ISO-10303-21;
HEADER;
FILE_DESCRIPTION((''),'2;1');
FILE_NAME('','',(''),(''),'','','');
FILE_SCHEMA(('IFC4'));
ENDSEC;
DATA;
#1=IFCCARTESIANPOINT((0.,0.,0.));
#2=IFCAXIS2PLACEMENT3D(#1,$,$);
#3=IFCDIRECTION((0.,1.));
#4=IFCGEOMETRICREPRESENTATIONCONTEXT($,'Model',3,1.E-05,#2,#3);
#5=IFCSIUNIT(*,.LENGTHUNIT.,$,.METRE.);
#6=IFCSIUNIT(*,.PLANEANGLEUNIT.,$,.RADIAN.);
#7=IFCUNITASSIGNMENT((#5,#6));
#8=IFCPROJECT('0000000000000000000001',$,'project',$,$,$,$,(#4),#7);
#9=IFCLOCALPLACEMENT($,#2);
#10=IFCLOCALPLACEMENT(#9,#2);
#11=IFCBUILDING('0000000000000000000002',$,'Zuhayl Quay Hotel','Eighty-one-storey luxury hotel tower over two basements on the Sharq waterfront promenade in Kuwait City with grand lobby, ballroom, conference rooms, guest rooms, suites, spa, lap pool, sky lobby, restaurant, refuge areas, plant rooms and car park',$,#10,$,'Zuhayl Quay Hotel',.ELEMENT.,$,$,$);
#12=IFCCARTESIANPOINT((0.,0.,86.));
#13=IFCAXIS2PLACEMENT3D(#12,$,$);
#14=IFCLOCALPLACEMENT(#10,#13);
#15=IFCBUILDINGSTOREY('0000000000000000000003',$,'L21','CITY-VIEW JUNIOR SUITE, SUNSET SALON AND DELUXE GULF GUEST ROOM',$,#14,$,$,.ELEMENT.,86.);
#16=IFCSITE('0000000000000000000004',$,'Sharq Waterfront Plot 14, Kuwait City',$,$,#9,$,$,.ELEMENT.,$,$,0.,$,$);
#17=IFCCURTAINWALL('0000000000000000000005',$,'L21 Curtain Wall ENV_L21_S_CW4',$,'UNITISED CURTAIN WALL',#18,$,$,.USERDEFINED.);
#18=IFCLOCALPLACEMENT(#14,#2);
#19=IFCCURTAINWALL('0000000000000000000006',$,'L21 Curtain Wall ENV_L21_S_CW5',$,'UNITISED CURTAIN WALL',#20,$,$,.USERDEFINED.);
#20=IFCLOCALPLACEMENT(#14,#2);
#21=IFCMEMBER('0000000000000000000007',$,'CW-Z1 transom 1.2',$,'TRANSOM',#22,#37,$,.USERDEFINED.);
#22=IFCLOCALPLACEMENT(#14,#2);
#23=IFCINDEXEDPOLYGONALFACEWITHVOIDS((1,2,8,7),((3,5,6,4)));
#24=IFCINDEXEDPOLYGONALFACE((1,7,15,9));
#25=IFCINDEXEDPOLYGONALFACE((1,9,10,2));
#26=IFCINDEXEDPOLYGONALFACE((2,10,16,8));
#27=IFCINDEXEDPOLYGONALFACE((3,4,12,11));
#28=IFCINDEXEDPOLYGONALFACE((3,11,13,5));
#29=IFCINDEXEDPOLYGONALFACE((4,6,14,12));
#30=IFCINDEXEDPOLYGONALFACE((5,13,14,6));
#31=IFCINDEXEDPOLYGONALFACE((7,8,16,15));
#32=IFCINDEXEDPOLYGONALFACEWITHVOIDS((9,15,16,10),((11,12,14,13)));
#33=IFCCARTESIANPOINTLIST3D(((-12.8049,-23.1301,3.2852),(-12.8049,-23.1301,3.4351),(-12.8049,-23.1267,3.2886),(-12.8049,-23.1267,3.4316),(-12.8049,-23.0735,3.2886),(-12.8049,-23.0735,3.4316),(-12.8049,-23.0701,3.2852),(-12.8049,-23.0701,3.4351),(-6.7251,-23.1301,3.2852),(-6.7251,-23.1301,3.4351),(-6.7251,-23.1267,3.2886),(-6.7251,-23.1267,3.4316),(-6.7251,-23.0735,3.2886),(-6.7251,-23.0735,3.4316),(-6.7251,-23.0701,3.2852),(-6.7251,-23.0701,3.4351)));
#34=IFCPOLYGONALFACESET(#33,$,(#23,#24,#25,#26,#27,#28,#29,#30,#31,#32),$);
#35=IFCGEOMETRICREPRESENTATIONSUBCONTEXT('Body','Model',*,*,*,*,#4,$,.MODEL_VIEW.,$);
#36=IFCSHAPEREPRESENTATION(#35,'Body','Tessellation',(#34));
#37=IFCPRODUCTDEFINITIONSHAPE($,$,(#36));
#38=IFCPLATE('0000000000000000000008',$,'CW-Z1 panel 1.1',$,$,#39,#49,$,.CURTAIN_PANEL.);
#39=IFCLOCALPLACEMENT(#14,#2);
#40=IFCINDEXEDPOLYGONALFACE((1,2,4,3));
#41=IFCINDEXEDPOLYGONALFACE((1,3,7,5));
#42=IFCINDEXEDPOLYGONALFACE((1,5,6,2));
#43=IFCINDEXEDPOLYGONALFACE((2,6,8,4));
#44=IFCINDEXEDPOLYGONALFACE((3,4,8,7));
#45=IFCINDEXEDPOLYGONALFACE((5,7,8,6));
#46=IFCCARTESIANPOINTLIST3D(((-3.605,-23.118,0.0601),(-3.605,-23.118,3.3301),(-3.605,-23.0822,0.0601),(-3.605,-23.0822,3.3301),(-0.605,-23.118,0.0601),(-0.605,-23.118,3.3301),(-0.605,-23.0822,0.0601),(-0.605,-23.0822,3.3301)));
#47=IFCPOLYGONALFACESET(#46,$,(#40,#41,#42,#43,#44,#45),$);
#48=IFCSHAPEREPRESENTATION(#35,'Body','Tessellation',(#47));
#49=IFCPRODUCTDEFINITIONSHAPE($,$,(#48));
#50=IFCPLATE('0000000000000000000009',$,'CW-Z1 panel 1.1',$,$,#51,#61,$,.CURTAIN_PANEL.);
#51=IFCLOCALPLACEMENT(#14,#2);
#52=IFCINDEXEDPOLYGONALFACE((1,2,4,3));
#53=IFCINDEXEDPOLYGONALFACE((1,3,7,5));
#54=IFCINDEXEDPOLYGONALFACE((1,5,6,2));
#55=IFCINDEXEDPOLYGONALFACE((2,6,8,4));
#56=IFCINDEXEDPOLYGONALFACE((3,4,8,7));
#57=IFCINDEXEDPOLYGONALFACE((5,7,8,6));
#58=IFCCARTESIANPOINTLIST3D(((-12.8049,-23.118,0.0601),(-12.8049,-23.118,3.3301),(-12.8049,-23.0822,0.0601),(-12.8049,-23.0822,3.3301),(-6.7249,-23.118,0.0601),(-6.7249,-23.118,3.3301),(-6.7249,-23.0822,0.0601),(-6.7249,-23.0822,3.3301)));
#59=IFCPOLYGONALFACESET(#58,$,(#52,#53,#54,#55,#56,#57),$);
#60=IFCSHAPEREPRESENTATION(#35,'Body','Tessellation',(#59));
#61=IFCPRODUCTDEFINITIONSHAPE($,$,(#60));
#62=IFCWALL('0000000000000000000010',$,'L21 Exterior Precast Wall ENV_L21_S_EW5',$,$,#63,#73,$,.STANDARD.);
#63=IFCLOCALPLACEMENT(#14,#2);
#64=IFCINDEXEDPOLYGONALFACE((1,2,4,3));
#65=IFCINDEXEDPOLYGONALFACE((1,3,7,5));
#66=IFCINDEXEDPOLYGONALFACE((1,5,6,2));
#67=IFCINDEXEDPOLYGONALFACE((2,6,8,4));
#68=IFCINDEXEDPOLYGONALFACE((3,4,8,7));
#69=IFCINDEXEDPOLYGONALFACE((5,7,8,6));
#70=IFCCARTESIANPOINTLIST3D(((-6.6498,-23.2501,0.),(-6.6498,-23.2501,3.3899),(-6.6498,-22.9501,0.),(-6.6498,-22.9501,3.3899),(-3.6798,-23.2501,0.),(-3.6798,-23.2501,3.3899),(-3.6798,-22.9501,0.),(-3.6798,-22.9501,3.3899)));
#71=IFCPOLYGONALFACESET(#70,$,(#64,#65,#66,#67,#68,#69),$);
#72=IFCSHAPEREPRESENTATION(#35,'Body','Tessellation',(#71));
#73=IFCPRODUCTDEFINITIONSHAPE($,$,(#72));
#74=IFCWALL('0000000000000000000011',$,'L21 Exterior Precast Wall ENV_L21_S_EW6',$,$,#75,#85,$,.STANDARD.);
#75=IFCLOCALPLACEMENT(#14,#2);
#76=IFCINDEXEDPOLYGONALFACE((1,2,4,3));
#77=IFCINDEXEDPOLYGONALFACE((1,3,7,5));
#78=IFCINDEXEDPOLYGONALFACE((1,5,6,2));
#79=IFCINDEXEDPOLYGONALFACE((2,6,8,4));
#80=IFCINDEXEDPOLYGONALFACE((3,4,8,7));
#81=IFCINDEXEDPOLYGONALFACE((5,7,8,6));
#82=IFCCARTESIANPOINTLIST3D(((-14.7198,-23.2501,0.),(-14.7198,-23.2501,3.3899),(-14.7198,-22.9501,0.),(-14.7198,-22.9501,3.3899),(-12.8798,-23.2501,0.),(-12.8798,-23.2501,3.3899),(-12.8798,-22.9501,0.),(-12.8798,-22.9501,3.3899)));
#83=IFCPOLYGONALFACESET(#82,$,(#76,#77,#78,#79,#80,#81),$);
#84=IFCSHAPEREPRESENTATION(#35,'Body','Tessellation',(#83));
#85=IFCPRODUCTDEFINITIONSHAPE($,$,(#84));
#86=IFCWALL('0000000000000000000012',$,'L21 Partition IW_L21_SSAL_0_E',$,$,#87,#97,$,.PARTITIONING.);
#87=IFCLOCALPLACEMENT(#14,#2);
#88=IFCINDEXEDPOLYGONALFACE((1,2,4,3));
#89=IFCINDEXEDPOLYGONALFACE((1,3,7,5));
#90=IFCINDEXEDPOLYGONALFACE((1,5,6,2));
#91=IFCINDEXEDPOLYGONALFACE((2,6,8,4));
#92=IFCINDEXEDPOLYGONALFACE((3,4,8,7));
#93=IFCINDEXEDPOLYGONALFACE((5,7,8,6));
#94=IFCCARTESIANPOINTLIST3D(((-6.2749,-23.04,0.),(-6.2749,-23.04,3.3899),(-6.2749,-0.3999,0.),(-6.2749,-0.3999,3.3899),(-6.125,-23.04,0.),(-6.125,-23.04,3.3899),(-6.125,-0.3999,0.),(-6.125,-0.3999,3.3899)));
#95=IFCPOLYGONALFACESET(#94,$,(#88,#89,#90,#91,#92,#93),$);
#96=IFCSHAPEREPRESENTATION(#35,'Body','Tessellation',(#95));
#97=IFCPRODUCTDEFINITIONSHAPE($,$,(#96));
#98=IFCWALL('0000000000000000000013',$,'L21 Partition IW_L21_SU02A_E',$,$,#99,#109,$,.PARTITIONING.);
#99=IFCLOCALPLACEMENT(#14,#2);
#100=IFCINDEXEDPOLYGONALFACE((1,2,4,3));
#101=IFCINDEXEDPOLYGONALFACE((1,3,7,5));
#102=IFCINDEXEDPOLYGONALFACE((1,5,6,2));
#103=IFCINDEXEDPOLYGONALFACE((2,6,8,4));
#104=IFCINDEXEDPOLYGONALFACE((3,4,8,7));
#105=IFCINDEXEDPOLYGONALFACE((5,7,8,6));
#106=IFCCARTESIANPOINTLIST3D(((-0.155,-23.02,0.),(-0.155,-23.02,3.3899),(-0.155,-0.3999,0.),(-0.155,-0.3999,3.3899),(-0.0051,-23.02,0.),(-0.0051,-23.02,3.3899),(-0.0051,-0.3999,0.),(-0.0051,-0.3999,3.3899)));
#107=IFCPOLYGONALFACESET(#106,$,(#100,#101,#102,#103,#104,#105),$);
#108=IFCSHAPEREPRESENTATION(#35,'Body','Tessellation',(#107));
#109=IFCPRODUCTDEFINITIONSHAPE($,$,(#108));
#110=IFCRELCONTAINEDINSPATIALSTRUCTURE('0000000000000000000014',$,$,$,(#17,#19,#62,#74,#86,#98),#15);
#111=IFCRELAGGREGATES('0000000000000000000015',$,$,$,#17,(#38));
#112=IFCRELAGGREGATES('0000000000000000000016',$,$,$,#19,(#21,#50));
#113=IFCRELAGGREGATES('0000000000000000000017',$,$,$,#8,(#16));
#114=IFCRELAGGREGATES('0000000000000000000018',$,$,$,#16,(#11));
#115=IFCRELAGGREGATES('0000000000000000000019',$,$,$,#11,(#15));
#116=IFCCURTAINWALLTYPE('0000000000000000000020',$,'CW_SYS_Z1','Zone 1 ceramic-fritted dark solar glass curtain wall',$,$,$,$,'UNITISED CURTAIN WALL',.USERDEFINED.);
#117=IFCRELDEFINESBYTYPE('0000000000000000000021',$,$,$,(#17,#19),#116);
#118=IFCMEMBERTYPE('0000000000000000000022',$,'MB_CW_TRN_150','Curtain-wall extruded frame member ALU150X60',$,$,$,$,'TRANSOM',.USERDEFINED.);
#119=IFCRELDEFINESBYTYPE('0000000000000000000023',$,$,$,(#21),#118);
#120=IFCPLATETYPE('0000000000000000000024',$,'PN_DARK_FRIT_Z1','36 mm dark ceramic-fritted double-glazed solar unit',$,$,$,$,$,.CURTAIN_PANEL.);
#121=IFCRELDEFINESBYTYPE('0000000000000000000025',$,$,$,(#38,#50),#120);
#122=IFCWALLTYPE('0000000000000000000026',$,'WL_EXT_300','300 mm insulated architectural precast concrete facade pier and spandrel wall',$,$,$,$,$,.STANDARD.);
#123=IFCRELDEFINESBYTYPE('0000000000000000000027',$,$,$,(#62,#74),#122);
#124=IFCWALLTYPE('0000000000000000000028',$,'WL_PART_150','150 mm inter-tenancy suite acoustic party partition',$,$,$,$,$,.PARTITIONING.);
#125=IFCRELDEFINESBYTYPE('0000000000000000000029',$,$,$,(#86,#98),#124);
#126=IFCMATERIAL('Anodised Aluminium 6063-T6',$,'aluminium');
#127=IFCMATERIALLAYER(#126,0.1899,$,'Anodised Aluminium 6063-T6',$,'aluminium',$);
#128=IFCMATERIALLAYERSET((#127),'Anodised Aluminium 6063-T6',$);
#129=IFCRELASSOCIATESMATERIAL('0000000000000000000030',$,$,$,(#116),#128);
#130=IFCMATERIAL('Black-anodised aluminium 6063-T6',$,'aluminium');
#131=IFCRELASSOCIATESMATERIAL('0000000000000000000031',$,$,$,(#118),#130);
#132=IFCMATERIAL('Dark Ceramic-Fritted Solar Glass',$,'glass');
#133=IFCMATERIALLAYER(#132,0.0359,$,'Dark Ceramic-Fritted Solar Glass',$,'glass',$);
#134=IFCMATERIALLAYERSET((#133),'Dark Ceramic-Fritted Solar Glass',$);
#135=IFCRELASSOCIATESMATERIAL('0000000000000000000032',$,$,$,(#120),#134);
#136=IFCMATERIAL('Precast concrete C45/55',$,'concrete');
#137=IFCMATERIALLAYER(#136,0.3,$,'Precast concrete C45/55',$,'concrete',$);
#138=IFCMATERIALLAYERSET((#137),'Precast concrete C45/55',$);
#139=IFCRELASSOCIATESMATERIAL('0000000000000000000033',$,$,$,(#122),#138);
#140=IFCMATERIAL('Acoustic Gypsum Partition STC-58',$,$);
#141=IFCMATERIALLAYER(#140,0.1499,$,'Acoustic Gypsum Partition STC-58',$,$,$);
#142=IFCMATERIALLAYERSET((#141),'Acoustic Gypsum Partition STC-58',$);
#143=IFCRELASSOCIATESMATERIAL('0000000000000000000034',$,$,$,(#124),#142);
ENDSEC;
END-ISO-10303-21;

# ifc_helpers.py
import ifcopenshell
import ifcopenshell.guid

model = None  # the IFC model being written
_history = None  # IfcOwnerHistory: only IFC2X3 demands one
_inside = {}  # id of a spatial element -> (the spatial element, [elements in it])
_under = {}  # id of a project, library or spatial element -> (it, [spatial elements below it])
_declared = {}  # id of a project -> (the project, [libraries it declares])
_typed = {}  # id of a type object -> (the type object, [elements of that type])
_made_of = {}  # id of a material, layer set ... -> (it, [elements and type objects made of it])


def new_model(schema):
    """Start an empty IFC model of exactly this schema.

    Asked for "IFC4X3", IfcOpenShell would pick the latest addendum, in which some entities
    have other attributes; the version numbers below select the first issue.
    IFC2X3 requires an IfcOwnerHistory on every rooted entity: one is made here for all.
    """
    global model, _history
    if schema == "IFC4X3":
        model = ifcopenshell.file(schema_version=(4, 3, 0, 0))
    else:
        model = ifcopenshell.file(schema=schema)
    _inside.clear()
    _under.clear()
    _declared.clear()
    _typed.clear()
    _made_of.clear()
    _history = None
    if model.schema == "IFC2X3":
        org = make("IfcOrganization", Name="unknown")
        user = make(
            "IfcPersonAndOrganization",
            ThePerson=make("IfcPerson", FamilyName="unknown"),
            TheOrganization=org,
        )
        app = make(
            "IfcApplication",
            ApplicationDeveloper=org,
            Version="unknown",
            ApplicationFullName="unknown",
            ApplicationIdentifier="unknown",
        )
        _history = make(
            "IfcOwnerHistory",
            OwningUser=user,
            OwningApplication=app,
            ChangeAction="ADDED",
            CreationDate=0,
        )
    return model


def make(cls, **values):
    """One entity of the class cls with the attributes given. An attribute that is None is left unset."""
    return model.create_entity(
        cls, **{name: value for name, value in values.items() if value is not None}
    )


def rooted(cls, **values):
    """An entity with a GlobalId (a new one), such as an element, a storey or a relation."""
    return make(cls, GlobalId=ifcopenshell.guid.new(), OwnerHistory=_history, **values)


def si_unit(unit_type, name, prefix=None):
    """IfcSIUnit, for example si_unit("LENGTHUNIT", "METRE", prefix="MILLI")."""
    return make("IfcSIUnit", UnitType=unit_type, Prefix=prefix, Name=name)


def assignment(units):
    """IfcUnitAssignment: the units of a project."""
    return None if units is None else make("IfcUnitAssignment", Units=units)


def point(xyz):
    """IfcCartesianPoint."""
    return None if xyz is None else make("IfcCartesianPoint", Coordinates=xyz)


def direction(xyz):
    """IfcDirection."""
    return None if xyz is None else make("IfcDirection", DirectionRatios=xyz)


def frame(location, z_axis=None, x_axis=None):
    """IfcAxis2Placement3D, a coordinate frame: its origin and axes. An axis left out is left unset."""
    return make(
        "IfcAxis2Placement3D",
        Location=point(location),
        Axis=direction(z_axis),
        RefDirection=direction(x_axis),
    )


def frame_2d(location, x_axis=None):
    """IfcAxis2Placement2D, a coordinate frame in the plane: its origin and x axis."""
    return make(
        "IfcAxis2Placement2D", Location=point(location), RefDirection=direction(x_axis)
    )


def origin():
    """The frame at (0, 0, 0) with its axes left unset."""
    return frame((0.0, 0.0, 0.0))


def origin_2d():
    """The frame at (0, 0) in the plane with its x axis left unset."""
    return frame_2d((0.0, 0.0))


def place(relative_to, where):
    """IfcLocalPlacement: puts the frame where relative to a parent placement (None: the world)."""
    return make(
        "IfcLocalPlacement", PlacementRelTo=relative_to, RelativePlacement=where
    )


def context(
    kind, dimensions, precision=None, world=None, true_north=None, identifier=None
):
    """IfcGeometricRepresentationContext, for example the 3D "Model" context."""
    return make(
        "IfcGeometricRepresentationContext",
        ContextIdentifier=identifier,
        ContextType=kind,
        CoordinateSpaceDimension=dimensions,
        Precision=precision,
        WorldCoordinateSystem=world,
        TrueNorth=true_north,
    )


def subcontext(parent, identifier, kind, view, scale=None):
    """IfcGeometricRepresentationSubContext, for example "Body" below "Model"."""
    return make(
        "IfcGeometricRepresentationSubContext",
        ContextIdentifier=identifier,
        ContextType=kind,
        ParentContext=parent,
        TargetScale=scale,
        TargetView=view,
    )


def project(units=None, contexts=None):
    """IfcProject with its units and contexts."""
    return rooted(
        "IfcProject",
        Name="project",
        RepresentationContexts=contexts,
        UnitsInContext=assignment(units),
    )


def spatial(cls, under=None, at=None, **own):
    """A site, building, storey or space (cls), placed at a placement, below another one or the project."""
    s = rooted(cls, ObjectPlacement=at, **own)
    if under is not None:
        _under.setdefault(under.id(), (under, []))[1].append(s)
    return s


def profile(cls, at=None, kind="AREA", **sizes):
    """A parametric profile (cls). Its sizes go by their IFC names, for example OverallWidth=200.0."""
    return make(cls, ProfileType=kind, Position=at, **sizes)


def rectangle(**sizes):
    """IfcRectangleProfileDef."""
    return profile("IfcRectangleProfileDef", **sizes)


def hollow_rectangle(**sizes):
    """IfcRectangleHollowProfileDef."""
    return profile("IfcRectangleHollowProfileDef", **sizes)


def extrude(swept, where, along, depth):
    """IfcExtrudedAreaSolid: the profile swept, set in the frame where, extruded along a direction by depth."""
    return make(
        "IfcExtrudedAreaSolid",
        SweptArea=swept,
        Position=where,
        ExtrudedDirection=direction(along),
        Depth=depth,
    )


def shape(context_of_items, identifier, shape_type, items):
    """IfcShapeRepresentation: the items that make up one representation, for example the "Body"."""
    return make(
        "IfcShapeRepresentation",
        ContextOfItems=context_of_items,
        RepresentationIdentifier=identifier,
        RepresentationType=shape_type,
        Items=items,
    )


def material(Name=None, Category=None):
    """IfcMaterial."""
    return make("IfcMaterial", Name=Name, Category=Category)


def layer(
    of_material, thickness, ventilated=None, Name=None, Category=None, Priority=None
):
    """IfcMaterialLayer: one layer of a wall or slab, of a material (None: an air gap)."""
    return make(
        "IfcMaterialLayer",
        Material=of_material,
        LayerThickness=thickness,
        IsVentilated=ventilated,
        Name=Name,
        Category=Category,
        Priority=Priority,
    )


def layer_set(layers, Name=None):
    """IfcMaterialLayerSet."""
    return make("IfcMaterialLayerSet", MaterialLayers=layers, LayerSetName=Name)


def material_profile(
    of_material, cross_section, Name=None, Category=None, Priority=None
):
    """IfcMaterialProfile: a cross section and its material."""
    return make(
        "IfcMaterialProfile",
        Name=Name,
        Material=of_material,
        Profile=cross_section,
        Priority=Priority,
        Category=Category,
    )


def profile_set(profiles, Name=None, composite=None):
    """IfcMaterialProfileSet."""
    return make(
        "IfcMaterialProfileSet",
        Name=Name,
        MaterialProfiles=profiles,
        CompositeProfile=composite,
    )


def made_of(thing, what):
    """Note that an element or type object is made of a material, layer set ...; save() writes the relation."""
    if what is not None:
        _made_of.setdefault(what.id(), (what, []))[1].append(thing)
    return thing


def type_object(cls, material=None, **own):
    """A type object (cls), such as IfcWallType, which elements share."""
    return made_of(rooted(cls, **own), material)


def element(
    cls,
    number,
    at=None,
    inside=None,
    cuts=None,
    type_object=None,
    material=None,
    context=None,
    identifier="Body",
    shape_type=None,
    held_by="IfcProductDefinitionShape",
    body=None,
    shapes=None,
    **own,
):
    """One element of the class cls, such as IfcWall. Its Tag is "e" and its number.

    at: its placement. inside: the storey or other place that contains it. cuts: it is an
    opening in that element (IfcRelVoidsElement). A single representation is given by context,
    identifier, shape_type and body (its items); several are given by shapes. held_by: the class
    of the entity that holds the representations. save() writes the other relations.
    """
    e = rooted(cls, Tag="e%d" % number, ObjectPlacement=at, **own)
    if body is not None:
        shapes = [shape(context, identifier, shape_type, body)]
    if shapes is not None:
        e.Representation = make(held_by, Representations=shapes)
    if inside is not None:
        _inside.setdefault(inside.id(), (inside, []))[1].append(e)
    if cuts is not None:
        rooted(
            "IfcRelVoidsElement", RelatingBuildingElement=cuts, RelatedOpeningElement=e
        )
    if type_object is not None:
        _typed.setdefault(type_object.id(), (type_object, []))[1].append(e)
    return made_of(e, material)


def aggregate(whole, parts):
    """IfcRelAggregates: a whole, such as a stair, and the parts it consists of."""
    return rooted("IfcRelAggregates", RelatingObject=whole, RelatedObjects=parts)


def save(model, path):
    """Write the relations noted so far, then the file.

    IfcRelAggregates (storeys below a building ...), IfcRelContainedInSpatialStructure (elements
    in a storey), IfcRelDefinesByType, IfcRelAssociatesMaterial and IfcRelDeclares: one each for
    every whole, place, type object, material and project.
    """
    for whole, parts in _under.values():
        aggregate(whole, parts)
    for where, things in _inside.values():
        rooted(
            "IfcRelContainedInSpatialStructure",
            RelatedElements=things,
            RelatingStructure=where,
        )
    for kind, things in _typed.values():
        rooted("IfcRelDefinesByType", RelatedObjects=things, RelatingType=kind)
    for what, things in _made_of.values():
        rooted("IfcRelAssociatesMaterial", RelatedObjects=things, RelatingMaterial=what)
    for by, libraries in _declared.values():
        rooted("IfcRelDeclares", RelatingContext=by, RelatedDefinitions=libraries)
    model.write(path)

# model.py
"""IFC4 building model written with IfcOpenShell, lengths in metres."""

from ifc_helpers import new_model, si_unit, direction, frame, frame_2d, origin, origin_2d, place, context, subcontext, project, spatial, rectangle, hollow_rectangle, extrude, material, layer, layer_set, material_profile, profile_set, type_object, element, aggregate, save


model = new_model("IFC4")

# Units and contexts
model_context = context("Model", 3, precision=1e-05, world=origin(), true_north=direction((0.0, 1.0)))
body_context = subcontext(model_context, "Body", "Model", "MODEL_VIEW")
ifc_project = project(units=[si_unit("LENGTHUNIT", "METRE"), si_unit("PLANEANGLEUNIT", "RADIAN")], contexts=[model_context])

# Site, building, storey
site_placement = place(None, origin())
site = spatial("IfcSite", under=ifc_project, at=site_placement, Name="Sharq Waterfront Plot 14, Kuwait City", CompositionType="ELEMENT", RefElevation=0.0)
building_placement = place(site_placement, origin())
building = spatial("IfcBuilding", under=site, at=building_placement, Name="Zuhayl Quay Hotel", Description="Eighty-one-storey luxury hotel tower over two basements on the Sharq waterfront promenade in Kuwait City with grand lobby, ballroom, conference rooms, guest rooms, suites, spa, lap pool, sky lobby, restaurant, refuge areas, plant rooms and car park", LongName="Zuhayl Quay Hotel", CompositionType="ELEMENT")
storey_placement = place(building_placement, frame((0.0, 0.0, 86.0)))
storey = spatial("IfcBuildingStorey", under=building, at=storey_placement, Name="L21", Description="CITY-VIEW JUNIOR SUITE, SUNSET SALON AND DELUXE GULF GUEST ROOM", CompositionType="ELEMENT", Elevation=86.0)

# Curtain walls
ifc_material_1 = material(Name="Anodised Aluminium 6063-T6", Category="aluminium")
ifc_layer_1 = layer(ifc_material_1, 0.1899, Name="Anodised Aluminium 6063-T6", Category="aluminium")
ifc_layer_set_1 = layer_set([ifc_layer_1], Name="Anodised Aluminium 6063-T6")
curtain_wall_type = type_object("IfcCurtainWallType", Name="CW_SYS_Z1", Description="Zone 1 ceramic-fritted dark solar glass curtain wall", ElementType="UNITISED CURTAIN WALL", PredefinedType="USERDEFINED", material=ifc_layer_set_1)
curtain_wall_1_placement = place(storey_placement, origin())
curtain_wall_1 = element("IfcCurtainWall", 1, at=curtain_wall_1_placement, inside=storey, type_object=curtain_wall_type, Name="L21 Curtain Wall ENV_L21_S_CW4", ObjectType="UNITISED CURTAIN WALL", PredefinedType="USERDEFINED")
ifc_material_2 = material(Name="Black-anodised aluminium 6063-T6", Category="aluminium")
curtain_wall_2_placement = place(storey_placement, origin())
curtain_wall_2 = element("IfcCurtainWall", 2, at=curtain_wall_2_placement, inside=storey, type_object=curtain_wall_type, Name="L21 Curtain Wall ENV_L21_S_CW5", ObjectType="UNITISED CURTAIN WALL", PredefinedType="USERDEFINED")

# Member
ifc_material_profile_1 = material_profile(ifc_material_2, hollow_rectangle(XDim=0.0601, YDim=0.1499, WallThickness=0.0034, at=origin_2d()), Name="ALU150X60")
ifc_profile_set_1 = profile_set([ifc_material_profile_1], Name="Black-anodised aluminium 6063-T6")
member_type_1 = type_object("IfcMemberType", Name="MB_CW_TRN_150", Description="Curtain-wall extruded frame member ALU150X60", ElementType="TRANSOM", PredefinedType="USERDEFINED", material=ifc_profile_set_1)
member_1_placement = place(storey_placement, frame((-6.7251, -23.1001, 3.3601), z_axis=(-1.0, 0.0, 0.0), x_axis=(0.0, -1.0, 0.0)))
member_1 = element("IfcMember", 3, at=member_1_placement, type_object=member_type_1, Name="CW-Z1 transom 1.2", ObjectType="TRANSOM", PredefinedType="USERDEFINED", context=body_context, shape_type="SweptSolid", body=[
    extrude(hollow_rectangle(XDim=0.0601, YDim=0.1499, WallThickness=0.0034, at=origin_2d()), origin(), (0.0, 0.0, 1.0), 6.0798),
])

# Plates
ifc_material_3 = material(Name="Dark Ceramic-Fritted Solar Glass", Category="glass")
ifc_layer_2 = layer(ifc_material_3, 0.0359, Name="Dark Ceramic-Fritted Solar Glass", Category="glass")
ifc_layer_set_2 = layer_set([ifc_layer_2], Name="Dark Ceramic-Fritted Solar Glass")
plate_type = type_object("IfcPlateType", Name="PN_DARK_FRIT_Z1", Description="36 mm dark ceramic-fritted double-glazed solar unit", PredefinedType="CURTAIN_PANEL", material=ifc_layer_set_2)
plate_1_placement = place(storey_placement, frame((-2.105, -23.1001, 0.0601), z_axis=(0.0, 0.0, 1.0), x_axis=(-1.0, 0.0, 0.0)))
plate_1 = element("IfcPlate", 4, at=plate_1_placement, type_object=plate_type, Name="CW-Z1 panel 1.1", PredefinedType="CURTAIN_PANEL", context=body_context, shape_type="SweptSolid", body=[
    extrude(rectangle(XDim=3.0, YDim=0.0359, at=origin_2d()), origin(), (0.0, 0.0, 1.0), 3.27),
])
aggregate(curtain_wall_1, [plate_1])
plate_2_placement = place(storey_placement, frame((-9.7649, -23.1001, 0.0601), z_axis=(0.0, 0.0, 1.0), x_axis=(-1.0, 0.0, 0.0)))
plate_2 = element("IfcPlate", 5, at=plate_2_placement, type_object=plate_type, Name="CW-Z1 panel 1.1", PredefinedType="CURTAIN_PANEL", context=body_context, shape_type="SweptSolid", body=[
    extrude(rectangle(XDim=6.0801, YDim=0.0359, at=origin_2d()), origin(), (0.0, 0.0, 1.0), 3.27),
])
aggregate(curtain_wall_2, [member_1, plate_2])

# Walls
ifc_material_4 = material(Name="Precast concrete C45/55", Category="concrete")
ifc_layer_3 = layer(ifc_material_4, 0.3, Name="Precast concrete C45/55", Category="concrete")
ifc_layer_set_3 = layer_set([ifc_layer_3], Name="Precast concrete C45/55")
wall_type_1 = type_object("IfcWallType", Name="WL_EXT_300", Description="300 mm insulated architectural precast concrete facade pier and spandrel wall", PredefinedType="STANDARD", material=ifc_layer_set_3)
wall_1_placement = place(storey_placement, frame((-3.6799, -23.1001, 0.0), z_axis=(0.0, 0.0, 1.0), x_axis=(-1.0, 0.0, 0.0)))
element("IfcWall", 6, at=wall_1_placement, inside=storey, type_object=wall_type_1, Name="L21 Exterior Precast Wall ENV_L21_S_EW5", PredefinedType="STANDARD", context=body_context, shape_type="SweptSolid", body=[
    extrude(rectangle(XDim=2.97, YDim=0.3, at=frame_2d((1.4849, 0.0))), origin(), (0.0, 0.0, 1.0), 3.3899),
])
wall_2_placement = place(storey_placement, frame((-12.8799, -23.1001, 0.0), z_axis=(0.0, 0.0, 1.0), x_axis=(-1.0, 0.0, 0.0)))
element("IfcWall", 7, at=wall_2_placement, inside=storey, type_object=wall_type_1, Name="L21 Exterior Precast Wall ENV_L21_S_EW6", PredefinedType="STANDARD", context=body_context, shape_type="SweptSolid", body=[
    extrude(rectangle(XDim=1.8401, YDim=0.3, at=frame_2d((0.9199, 0.0))), origin(), (0.0, 0.0, 1.0), 3.3899),
])
ifc_material_5 = material(Name="Acoustic Gypsum Partition STC-58")
ifc_layer_4 = layer(ifc_material_5, 0.1499, Name="Acoustic Gypsum Partition STC-58")
ifc_layer_set_4 = layer_set([ifc_layer_4], Name="Acoustic Gypsum Partition STC-58")
wall_type_2 = type_object("IfcWallType", Name="WL_PART_150", Description="150 mm inter-tenancy suite acoustic party partition", PredefinedType="PARTITIONING", material=ifc_layer_set_4)
wall_3_placement = place(storey_placement, frame((-6.2, -23.04, 0.0), z_axis=(0.0, 0.0, 1.0), x_axis=(0.0, 1.0, 0.0)))
element("IfcWall", 8, at=wall_3_placement, inside=storey, type_object=wall_type_2, Name="L21 Partition IW_L21_SSAL_0_E", PredefinedType="PARTITIONING", context=body_context, shape_type="SweptSolid", body=[
    extrude(rectangle(XDim=22.6401, YDim=0.1499, at=frame_2d((11.3201, 0.0))), origin(), (0.0, 0.0, 1.0), 3.3899),
])
wall_4_placement = place(storey_placement, frame((-0.0801, -23.02, 0.0), z_axis=(0.0, 0.0, 1.0), x_axis=(0.0, 1.0, 0.0)))
element("IfcWall", 9, at=wall_4_placement, inside=storey, type_object=wall_type_2, Name="L21 Partition IW_L21_SU02A_E", PredefinedType="PARTITIONING", context=body_context, shape_type="SweptSolid", body=[
    extrude(rectangle(XDim=22.6201, YDim=0.1499, at=frame_2d((11.3101, 0.0))), origin(), (0.0, 0.0, 1.0), 3.3899),
])

save(model, "model.ifc")
